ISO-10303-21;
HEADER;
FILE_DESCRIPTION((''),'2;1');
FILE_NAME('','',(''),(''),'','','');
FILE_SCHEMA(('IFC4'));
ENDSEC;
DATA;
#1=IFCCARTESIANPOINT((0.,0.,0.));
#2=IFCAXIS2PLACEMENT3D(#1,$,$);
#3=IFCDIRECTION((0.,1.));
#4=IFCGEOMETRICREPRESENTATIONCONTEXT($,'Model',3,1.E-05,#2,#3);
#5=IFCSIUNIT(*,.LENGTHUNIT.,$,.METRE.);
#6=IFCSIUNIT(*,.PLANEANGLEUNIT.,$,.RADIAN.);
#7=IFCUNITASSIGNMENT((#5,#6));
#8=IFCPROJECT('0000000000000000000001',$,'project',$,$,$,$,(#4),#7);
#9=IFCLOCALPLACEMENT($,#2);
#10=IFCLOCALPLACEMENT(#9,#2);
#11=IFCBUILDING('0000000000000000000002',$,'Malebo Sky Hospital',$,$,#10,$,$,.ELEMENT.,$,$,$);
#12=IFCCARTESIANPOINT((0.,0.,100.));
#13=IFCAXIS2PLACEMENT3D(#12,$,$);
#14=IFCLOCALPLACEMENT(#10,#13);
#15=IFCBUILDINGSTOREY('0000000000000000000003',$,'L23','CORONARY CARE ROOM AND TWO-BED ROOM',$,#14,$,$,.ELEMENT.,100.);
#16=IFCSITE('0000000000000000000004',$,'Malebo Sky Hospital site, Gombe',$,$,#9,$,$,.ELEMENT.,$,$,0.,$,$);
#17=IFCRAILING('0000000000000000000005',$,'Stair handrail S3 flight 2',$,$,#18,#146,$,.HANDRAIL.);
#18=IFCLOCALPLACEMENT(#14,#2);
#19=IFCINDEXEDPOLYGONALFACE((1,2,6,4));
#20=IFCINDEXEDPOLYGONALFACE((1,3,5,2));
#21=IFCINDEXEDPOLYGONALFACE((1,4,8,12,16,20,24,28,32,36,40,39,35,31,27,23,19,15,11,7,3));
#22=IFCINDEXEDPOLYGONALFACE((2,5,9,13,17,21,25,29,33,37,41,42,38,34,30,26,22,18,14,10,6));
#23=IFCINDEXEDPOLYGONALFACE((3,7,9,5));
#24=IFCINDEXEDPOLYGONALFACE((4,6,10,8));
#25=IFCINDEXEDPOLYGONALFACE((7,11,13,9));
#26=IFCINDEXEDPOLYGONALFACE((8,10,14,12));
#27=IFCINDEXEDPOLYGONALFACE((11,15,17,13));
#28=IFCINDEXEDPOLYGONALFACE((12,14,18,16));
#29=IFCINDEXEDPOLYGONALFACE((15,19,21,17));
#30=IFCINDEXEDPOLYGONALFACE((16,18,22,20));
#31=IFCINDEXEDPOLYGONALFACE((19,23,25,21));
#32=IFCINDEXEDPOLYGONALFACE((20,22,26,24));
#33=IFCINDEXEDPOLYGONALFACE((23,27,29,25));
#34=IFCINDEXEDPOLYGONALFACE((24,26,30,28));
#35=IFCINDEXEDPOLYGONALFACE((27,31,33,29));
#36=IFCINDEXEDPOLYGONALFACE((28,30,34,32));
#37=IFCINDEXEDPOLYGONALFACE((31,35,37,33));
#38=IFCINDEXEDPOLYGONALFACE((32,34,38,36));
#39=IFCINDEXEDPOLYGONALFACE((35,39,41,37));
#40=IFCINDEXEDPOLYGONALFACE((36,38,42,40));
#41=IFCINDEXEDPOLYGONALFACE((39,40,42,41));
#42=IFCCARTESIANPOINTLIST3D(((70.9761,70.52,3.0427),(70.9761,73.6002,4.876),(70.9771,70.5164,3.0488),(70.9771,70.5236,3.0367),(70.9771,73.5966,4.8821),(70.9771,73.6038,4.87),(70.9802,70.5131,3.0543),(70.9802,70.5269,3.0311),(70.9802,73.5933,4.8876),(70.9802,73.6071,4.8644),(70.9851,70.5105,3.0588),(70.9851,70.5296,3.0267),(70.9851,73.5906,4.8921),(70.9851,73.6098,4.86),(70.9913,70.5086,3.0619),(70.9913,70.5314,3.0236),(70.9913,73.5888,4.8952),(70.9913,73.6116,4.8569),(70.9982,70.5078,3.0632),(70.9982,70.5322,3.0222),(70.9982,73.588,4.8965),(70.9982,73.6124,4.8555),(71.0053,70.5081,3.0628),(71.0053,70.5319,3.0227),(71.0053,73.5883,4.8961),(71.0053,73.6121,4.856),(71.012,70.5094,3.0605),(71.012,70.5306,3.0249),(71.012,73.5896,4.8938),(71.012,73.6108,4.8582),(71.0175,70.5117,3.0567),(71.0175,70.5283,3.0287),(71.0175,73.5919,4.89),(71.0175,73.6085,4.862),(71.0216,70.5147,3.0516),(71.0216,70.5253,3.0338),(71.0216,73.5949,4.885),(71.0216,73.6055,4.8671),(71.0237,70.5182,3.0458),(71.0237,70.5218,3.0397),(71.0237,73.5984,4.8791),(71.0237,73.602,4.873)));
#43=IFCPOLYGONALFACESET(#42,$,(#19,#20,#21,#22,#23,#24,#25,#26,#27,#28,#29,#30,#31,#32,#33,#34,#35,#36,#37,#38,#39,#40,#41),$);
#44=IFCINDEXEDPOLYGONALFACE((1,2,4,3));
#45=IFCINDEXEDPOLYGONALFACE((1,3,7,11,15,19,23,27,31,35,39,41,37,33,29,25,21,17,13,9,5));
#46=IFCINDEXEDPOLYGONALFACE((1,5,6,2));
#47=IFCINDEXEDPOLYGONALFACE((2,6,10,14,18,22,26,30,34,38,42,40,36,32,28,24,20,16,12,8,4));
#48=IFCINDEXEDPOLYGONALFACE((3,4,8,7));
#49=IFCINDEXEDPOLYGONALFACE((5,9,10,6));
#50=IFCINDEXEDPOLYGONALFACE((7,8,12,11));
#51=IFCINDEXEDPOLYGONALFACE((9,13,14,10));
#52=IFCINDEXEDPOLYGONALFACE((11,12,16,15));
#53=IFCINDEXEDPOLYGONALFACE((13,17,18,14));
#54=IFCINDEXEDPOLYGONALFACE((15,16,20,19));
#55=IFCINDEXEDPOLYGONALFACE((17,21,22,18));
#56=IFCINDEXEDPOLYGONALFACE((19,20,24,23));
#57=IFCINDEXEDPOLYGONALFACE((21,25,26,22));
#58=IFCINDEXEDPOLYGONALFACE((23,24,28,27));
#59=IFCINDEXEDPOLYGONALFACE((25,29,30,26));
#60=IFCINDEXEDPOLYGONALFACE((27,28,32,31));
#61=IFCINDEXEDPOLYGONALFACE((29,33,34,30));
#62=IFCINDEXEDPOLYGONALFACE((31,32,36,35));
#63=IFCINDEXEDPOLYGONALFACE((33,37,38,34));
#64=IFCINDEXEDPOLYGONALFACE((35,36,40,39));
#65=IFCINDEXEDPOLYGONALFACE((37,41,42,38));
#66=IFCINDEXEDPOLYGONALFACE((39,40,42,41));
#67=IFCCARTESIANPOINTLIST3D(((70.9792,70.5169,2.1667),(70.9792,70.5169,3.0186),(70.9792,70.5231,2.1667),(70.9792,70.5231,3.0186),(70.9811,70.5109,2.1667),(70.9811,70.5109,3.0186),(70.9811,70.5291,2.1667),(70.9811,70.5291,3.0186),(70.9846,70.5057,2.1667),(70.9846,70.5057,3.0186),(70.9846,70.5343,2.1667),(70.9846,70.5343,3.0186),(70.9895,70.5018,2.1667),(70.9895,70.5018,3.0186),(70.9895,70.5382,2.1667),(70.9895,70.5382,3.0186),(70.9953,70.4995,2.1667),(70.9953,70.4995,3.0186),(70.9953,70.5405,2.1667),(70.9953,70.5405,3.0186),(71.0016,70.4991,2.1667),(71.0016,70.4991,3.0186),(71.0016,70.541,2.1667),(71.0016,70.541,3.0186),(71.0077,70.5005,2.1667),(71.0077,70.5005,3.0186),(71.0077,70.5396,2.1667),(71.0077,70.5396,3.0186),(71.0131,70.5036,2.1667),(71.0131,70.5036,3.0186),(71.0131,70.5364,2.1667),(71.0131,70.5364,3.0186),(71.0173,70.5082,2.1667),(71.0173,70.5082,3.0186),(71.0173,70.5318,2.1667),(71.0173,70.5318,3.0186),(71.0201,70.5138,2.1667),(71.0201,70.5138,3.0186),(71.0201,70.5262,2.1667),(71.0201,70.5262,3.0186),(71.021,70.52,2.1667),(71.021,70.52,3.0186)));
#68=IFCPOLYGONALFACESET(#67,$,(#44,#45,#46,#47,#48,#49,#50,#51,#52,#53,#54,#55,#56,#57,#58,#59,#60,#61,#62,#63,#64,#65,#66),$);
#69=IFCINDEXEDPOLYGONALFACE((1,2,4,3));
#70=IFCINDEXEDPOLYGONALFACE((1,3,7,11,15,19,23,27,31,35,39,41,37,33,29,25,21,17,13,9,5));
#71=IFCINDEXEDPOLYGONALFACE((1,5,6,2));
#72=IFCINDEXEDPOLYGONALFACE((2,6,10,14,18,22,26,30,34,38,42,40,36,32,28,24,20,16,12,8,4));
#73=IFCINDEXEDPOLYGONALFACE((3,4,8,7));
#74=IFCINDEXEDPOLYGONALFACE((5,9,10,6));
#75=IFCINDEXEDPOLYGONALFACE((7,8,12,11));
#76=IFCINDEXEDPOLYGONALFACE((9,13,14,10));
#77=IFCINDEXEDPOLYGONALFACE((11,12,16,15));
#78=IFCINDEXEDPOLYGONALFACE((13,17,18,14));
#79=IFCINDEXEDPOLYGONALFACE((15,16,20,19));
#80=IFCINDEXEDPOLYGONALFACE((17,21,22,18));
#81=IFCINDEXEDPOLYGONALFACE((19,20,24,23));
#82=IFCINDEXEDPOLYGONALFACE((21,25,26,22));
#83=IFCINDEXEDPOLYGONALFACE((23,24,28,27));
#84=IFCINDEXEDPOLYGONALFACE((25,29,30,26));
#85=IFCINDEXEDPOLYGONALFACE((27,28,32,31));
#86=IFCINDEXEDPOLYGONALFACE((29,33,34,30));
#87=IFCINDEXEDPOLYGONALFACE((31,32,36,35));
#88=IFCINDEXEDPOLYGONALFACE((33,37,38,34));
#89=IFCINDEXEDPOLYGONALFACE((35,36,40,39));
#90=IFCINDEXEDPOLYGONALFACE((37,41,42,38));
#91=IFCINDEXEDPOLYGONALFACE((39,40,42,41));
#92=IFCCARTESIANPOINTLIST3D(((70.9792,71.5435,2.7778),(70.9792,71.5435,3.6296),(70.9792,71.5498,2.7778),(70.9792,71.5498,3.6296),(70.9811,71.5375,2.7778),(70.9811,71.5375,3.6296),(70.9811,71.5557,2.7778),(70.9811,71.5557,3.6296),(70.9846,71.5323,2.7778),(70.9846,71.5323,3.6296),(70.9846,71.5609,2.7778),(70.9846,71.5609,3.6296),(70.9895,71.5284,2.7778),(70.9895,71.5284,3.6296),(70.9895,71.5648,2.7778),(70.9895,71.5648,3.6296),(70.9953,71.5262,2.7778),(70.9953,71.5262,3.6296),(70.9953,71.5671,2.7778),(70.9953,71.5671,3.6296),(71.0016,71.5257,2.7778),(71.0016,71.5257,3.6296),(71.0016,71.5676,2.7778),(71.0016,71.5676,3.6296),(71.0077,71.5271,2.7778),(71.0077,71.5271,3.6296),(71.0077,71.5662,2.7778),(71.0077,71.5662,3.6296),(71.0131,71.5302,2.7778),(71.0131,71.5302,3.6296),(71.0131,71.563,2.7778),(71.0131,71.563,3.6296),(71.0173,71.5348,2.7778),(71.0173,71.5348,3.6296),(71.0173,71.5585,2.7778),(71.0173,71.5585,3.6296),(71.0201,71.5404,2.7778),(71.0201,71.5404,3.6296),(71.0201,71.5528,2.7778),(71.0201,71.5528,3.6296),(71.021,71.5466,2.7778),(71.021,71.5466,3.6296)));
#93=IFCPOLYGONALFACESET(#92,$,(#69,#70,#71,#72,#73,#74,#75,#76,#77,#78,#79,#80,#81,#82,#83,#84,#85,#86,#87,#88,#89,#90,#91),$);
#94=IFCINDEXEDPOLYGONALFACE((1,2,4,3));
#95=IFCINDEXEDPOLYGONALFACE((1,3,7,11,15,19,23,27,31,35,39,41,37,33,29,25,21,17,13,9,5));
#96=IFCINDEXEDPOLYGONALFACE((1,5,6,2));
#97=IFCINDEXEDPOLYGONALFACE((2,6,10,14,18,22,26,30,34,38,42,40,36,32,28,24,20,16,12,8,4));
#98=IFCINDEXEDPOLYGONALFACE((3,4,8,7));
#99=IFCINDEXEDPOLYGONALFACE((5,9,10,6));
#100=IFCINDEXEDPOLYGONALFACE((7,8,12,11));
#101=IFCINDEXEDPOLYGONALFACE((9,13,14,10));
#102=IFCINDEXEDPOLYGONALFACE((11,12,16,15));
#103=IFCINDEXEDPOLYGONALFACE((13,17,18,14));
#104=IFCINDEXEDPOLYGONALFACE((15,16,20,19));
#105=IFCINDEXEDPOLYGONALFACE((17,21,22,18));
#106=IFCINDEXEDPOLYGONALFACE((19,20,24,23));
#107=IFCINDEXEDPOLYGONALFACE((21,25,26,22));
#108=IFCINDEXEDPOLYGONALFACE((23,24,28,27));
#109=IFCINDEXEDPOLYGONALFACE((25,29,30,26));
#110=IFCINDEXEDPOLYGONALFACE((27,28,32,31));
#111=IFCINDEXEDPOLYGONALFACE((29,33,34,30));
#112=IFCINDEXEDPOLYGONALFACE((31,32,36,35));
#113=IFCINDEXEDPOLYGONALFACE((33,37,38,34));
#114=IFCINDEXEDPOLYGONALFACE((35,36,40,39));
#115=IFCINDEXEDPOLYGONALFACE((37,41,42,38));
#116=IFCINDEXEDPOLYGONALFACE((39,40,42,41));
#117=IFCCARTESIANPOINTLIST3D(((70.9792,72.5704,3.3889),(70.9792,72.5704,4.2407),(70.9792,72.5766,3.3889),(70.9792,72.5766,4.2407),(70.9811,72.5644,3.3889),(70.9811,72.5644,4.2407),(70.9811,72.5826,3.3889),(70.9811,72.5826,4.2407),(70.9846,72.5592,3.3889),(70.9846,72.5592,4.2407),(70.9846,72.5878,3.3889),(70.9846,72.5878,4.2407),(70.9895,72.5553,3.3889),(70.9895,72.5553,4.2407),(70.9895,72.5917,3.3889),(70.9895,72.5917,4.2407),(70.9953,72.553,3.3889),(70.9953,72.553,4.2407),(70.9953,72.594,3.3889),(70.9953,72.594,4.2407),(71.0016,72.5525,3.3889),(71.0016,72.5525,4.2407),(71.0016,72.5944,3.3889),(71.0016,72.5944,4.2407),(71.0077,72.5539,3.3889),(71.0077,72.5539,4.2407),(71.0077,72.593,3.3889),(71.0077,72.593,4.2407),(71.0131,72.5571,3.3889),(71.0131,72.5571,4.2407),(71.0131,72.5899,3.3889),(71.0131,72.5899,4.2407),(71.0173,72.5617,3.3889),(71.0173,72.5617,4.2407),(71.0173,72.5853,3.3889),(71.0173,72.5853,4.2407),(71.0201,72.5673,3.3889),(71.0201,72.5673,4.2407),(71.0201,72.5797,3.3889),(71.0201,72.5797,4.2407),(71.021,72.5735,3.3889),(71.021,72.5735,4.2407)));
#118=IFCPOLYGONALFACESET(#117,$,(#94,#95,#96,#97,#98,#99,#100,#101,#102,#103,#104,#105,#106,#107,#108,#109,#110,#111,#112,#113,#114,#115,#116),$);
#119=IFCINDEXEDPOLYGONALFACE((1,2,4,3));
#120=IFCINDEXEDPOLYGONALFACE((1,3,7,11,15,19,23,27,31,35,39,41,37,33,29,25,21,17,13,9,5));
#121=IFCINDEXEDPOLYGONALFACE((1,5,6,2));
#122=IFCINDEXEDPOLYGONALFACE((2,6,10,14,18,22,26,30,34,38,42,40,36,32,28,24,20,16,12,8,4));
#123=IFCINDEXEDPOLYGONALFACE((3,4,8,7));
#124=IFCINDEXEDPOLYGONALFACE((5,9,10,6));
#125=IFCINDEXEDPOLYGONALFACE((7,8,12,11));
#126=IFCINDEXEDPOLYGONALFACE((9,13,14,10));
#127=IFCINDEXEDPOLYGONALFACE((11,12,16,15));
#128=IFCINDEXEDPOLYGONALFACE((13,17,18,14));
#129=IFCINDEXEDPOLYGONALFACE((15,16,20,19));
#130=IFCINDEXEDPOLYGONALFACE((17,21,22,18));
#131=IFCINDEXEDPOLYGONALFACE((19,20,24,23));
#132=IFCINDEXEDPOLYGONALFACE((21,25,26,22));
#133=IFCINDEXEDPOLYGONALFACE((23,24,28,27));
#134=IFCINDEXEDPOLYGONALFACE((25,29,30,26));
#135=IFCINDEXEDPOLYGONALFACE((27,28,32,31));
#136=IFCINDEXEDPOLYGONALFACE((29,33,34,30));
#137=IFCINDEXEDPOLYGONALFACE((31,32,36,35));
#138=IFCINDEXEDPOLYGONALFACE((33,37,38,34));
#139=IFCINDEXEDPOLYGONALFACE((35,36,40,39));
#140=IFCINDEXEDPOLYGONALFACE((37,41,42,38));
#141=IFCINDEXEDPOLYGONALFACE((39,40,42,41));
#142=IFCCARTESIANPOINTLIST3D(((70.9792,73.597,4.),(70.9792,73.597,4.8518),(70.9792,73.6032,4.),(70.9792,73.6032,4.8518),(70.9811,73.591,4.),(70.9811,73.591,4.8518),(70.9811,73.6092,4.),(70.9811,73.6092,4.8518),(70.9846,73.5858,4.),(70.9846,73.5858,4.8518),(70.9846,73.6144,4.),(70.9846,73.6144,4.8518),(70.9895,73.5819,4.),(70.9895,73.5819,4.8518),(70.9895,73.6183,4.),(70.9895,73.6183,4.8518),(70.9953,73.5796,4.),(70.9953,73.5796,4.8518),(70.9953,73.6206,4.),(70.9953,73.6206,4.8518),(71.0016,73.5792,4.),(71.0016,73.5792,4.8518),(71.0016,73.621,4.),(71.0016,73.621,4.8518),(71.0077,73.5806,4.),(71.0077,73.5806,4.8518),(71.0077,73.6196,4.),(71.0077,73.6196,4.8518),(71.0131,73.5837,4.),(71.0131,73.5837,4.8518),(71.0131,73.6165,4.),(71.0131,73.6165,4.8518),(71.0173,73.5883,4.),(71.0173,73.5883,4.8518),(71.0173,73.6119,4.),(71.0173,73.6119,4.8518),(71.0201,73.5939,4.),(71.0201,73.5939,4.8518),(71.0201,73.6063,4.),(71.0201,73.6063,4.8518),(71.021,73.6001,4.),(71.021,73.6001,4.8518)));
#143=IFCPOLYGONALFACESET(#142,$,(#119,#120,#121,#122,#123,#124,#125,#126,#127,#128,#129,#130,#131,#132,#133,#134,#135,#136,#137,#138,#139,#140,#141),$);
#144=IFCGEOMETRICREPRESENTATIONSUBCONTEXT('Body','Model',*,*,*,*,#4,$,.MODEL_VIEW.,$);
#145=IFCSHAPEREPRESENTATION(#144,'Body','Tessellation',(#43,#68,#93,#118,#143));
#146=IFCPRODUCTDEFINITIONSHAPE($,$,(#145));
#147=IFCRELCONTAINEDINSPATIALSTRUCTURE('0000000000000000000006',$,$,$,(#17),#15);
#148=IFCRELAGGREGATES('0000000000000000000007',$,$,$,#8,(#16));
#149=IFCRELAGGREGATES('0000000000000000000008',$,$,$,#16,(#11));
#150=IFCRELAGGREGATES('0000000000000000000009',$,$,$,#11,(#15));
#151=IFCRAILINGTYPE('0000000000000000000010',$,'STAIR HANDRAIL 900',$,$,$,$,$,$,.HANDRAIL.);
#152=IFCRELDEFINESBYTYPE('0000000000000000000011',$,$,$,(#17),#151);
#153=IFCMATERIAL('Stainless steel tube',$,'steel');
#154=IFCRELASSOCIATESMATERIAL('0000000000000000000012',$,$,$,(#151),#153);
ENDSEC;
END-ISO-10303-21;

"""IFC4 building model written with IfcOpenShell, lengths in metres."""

from ifc_helpers import new_model, si_unit, direction, frame, origin, origin_2d, place, context, subcontext, project, spatial, circle, extrude, material, type_object, element, save


model = new_model("IFC4")

# Units and contexts
model_context = context("Model", 3, precision=1e-05, world=origin(), true_north=direction((0.0, 1.0)))
body_context = subcontext(model_context, "Body", "Model", "MODEL_VIEW")
ifc_project = project(units=[si_unit("LENGTHUNIT", "METRE"), si_unit("PLANEANGLEUNIT", "RADIAN")], contexts=[model_context])

# Site, building, storey
site_placement = place(None, origin())
site = spatial("IfcSite", under=ifc_project, at=site_placement, Name="Malebo Sky Hospital site, Gombe", CompositionType="ELEMENT", RefElevation=0.0)
building_placement = place(site_placement, origin())
building = spatial("IfcBuilding", under=site, at=building_placement, Name="Malebo Sky Hospital", CompositionType="ELEMENT")
storey_placement = place(building_placement, frame((0.0, 0.0, 100.0)))
storey = spatial("IfcBuildingStorey", under=building, at=storey_placement, Name="L23", Description="CORONARY CARE ROOM AND TWO-BED ROOM", CompositionType="ELEMENT", Elevation=100.0)

# Railing
ifc_material_1 = material(Name="Stainless steel tube", Category="steel")
railing_type = type_object("IfcRailingType", Name="STAIR HANDRAIL 900", PredefinedType="HANDRAIL", material=ifc_material_1)
railing_placement = place(storey_placement, frame((71.0, 70.52, 2.1667)))
element("IfcRailing", 1, at=railing_placement, inside=storey, type_object=railing_type, Name="Stair handrail S3 flight 2", PredefinedType="HANDRAIL", context=body_context, shape_type="SweptSolid", body=[
    extrude(circle(Radius=0.0239, at=origin_2d()), frame((0.0, 0.0, 0.876), z_axis=(0.0, 0.859309, 0.511458), x_axis=(-1.0, 0.0, 0.0)), (0.0, 0.0, 1.0), 3.5845),
    extrude(circle(Radius=0.021, at=origin_2d()), origin(), (0.0, 0.0, 1.0), 0.8518),
    extrude(circle(Radius=0.021, at=origin_2d()), frame((0.0, 1.0266, 0.6111)), (0.0, 0.0, 1.0), 0.8518),
    extrude(circle(Radius=0.021, at=origin_2d()), frame((0.0, 2.0535, 1.2222)), (0.0, 0.0, 1.0), 0.8518),
    extrude(circle(Radius=0.021, at=origin_2d()), frame((0.0, 3.0801, 1.8333)), (0.0, 0.0, 1.0), 0.8518),
])

save(model, "model.ifc")
